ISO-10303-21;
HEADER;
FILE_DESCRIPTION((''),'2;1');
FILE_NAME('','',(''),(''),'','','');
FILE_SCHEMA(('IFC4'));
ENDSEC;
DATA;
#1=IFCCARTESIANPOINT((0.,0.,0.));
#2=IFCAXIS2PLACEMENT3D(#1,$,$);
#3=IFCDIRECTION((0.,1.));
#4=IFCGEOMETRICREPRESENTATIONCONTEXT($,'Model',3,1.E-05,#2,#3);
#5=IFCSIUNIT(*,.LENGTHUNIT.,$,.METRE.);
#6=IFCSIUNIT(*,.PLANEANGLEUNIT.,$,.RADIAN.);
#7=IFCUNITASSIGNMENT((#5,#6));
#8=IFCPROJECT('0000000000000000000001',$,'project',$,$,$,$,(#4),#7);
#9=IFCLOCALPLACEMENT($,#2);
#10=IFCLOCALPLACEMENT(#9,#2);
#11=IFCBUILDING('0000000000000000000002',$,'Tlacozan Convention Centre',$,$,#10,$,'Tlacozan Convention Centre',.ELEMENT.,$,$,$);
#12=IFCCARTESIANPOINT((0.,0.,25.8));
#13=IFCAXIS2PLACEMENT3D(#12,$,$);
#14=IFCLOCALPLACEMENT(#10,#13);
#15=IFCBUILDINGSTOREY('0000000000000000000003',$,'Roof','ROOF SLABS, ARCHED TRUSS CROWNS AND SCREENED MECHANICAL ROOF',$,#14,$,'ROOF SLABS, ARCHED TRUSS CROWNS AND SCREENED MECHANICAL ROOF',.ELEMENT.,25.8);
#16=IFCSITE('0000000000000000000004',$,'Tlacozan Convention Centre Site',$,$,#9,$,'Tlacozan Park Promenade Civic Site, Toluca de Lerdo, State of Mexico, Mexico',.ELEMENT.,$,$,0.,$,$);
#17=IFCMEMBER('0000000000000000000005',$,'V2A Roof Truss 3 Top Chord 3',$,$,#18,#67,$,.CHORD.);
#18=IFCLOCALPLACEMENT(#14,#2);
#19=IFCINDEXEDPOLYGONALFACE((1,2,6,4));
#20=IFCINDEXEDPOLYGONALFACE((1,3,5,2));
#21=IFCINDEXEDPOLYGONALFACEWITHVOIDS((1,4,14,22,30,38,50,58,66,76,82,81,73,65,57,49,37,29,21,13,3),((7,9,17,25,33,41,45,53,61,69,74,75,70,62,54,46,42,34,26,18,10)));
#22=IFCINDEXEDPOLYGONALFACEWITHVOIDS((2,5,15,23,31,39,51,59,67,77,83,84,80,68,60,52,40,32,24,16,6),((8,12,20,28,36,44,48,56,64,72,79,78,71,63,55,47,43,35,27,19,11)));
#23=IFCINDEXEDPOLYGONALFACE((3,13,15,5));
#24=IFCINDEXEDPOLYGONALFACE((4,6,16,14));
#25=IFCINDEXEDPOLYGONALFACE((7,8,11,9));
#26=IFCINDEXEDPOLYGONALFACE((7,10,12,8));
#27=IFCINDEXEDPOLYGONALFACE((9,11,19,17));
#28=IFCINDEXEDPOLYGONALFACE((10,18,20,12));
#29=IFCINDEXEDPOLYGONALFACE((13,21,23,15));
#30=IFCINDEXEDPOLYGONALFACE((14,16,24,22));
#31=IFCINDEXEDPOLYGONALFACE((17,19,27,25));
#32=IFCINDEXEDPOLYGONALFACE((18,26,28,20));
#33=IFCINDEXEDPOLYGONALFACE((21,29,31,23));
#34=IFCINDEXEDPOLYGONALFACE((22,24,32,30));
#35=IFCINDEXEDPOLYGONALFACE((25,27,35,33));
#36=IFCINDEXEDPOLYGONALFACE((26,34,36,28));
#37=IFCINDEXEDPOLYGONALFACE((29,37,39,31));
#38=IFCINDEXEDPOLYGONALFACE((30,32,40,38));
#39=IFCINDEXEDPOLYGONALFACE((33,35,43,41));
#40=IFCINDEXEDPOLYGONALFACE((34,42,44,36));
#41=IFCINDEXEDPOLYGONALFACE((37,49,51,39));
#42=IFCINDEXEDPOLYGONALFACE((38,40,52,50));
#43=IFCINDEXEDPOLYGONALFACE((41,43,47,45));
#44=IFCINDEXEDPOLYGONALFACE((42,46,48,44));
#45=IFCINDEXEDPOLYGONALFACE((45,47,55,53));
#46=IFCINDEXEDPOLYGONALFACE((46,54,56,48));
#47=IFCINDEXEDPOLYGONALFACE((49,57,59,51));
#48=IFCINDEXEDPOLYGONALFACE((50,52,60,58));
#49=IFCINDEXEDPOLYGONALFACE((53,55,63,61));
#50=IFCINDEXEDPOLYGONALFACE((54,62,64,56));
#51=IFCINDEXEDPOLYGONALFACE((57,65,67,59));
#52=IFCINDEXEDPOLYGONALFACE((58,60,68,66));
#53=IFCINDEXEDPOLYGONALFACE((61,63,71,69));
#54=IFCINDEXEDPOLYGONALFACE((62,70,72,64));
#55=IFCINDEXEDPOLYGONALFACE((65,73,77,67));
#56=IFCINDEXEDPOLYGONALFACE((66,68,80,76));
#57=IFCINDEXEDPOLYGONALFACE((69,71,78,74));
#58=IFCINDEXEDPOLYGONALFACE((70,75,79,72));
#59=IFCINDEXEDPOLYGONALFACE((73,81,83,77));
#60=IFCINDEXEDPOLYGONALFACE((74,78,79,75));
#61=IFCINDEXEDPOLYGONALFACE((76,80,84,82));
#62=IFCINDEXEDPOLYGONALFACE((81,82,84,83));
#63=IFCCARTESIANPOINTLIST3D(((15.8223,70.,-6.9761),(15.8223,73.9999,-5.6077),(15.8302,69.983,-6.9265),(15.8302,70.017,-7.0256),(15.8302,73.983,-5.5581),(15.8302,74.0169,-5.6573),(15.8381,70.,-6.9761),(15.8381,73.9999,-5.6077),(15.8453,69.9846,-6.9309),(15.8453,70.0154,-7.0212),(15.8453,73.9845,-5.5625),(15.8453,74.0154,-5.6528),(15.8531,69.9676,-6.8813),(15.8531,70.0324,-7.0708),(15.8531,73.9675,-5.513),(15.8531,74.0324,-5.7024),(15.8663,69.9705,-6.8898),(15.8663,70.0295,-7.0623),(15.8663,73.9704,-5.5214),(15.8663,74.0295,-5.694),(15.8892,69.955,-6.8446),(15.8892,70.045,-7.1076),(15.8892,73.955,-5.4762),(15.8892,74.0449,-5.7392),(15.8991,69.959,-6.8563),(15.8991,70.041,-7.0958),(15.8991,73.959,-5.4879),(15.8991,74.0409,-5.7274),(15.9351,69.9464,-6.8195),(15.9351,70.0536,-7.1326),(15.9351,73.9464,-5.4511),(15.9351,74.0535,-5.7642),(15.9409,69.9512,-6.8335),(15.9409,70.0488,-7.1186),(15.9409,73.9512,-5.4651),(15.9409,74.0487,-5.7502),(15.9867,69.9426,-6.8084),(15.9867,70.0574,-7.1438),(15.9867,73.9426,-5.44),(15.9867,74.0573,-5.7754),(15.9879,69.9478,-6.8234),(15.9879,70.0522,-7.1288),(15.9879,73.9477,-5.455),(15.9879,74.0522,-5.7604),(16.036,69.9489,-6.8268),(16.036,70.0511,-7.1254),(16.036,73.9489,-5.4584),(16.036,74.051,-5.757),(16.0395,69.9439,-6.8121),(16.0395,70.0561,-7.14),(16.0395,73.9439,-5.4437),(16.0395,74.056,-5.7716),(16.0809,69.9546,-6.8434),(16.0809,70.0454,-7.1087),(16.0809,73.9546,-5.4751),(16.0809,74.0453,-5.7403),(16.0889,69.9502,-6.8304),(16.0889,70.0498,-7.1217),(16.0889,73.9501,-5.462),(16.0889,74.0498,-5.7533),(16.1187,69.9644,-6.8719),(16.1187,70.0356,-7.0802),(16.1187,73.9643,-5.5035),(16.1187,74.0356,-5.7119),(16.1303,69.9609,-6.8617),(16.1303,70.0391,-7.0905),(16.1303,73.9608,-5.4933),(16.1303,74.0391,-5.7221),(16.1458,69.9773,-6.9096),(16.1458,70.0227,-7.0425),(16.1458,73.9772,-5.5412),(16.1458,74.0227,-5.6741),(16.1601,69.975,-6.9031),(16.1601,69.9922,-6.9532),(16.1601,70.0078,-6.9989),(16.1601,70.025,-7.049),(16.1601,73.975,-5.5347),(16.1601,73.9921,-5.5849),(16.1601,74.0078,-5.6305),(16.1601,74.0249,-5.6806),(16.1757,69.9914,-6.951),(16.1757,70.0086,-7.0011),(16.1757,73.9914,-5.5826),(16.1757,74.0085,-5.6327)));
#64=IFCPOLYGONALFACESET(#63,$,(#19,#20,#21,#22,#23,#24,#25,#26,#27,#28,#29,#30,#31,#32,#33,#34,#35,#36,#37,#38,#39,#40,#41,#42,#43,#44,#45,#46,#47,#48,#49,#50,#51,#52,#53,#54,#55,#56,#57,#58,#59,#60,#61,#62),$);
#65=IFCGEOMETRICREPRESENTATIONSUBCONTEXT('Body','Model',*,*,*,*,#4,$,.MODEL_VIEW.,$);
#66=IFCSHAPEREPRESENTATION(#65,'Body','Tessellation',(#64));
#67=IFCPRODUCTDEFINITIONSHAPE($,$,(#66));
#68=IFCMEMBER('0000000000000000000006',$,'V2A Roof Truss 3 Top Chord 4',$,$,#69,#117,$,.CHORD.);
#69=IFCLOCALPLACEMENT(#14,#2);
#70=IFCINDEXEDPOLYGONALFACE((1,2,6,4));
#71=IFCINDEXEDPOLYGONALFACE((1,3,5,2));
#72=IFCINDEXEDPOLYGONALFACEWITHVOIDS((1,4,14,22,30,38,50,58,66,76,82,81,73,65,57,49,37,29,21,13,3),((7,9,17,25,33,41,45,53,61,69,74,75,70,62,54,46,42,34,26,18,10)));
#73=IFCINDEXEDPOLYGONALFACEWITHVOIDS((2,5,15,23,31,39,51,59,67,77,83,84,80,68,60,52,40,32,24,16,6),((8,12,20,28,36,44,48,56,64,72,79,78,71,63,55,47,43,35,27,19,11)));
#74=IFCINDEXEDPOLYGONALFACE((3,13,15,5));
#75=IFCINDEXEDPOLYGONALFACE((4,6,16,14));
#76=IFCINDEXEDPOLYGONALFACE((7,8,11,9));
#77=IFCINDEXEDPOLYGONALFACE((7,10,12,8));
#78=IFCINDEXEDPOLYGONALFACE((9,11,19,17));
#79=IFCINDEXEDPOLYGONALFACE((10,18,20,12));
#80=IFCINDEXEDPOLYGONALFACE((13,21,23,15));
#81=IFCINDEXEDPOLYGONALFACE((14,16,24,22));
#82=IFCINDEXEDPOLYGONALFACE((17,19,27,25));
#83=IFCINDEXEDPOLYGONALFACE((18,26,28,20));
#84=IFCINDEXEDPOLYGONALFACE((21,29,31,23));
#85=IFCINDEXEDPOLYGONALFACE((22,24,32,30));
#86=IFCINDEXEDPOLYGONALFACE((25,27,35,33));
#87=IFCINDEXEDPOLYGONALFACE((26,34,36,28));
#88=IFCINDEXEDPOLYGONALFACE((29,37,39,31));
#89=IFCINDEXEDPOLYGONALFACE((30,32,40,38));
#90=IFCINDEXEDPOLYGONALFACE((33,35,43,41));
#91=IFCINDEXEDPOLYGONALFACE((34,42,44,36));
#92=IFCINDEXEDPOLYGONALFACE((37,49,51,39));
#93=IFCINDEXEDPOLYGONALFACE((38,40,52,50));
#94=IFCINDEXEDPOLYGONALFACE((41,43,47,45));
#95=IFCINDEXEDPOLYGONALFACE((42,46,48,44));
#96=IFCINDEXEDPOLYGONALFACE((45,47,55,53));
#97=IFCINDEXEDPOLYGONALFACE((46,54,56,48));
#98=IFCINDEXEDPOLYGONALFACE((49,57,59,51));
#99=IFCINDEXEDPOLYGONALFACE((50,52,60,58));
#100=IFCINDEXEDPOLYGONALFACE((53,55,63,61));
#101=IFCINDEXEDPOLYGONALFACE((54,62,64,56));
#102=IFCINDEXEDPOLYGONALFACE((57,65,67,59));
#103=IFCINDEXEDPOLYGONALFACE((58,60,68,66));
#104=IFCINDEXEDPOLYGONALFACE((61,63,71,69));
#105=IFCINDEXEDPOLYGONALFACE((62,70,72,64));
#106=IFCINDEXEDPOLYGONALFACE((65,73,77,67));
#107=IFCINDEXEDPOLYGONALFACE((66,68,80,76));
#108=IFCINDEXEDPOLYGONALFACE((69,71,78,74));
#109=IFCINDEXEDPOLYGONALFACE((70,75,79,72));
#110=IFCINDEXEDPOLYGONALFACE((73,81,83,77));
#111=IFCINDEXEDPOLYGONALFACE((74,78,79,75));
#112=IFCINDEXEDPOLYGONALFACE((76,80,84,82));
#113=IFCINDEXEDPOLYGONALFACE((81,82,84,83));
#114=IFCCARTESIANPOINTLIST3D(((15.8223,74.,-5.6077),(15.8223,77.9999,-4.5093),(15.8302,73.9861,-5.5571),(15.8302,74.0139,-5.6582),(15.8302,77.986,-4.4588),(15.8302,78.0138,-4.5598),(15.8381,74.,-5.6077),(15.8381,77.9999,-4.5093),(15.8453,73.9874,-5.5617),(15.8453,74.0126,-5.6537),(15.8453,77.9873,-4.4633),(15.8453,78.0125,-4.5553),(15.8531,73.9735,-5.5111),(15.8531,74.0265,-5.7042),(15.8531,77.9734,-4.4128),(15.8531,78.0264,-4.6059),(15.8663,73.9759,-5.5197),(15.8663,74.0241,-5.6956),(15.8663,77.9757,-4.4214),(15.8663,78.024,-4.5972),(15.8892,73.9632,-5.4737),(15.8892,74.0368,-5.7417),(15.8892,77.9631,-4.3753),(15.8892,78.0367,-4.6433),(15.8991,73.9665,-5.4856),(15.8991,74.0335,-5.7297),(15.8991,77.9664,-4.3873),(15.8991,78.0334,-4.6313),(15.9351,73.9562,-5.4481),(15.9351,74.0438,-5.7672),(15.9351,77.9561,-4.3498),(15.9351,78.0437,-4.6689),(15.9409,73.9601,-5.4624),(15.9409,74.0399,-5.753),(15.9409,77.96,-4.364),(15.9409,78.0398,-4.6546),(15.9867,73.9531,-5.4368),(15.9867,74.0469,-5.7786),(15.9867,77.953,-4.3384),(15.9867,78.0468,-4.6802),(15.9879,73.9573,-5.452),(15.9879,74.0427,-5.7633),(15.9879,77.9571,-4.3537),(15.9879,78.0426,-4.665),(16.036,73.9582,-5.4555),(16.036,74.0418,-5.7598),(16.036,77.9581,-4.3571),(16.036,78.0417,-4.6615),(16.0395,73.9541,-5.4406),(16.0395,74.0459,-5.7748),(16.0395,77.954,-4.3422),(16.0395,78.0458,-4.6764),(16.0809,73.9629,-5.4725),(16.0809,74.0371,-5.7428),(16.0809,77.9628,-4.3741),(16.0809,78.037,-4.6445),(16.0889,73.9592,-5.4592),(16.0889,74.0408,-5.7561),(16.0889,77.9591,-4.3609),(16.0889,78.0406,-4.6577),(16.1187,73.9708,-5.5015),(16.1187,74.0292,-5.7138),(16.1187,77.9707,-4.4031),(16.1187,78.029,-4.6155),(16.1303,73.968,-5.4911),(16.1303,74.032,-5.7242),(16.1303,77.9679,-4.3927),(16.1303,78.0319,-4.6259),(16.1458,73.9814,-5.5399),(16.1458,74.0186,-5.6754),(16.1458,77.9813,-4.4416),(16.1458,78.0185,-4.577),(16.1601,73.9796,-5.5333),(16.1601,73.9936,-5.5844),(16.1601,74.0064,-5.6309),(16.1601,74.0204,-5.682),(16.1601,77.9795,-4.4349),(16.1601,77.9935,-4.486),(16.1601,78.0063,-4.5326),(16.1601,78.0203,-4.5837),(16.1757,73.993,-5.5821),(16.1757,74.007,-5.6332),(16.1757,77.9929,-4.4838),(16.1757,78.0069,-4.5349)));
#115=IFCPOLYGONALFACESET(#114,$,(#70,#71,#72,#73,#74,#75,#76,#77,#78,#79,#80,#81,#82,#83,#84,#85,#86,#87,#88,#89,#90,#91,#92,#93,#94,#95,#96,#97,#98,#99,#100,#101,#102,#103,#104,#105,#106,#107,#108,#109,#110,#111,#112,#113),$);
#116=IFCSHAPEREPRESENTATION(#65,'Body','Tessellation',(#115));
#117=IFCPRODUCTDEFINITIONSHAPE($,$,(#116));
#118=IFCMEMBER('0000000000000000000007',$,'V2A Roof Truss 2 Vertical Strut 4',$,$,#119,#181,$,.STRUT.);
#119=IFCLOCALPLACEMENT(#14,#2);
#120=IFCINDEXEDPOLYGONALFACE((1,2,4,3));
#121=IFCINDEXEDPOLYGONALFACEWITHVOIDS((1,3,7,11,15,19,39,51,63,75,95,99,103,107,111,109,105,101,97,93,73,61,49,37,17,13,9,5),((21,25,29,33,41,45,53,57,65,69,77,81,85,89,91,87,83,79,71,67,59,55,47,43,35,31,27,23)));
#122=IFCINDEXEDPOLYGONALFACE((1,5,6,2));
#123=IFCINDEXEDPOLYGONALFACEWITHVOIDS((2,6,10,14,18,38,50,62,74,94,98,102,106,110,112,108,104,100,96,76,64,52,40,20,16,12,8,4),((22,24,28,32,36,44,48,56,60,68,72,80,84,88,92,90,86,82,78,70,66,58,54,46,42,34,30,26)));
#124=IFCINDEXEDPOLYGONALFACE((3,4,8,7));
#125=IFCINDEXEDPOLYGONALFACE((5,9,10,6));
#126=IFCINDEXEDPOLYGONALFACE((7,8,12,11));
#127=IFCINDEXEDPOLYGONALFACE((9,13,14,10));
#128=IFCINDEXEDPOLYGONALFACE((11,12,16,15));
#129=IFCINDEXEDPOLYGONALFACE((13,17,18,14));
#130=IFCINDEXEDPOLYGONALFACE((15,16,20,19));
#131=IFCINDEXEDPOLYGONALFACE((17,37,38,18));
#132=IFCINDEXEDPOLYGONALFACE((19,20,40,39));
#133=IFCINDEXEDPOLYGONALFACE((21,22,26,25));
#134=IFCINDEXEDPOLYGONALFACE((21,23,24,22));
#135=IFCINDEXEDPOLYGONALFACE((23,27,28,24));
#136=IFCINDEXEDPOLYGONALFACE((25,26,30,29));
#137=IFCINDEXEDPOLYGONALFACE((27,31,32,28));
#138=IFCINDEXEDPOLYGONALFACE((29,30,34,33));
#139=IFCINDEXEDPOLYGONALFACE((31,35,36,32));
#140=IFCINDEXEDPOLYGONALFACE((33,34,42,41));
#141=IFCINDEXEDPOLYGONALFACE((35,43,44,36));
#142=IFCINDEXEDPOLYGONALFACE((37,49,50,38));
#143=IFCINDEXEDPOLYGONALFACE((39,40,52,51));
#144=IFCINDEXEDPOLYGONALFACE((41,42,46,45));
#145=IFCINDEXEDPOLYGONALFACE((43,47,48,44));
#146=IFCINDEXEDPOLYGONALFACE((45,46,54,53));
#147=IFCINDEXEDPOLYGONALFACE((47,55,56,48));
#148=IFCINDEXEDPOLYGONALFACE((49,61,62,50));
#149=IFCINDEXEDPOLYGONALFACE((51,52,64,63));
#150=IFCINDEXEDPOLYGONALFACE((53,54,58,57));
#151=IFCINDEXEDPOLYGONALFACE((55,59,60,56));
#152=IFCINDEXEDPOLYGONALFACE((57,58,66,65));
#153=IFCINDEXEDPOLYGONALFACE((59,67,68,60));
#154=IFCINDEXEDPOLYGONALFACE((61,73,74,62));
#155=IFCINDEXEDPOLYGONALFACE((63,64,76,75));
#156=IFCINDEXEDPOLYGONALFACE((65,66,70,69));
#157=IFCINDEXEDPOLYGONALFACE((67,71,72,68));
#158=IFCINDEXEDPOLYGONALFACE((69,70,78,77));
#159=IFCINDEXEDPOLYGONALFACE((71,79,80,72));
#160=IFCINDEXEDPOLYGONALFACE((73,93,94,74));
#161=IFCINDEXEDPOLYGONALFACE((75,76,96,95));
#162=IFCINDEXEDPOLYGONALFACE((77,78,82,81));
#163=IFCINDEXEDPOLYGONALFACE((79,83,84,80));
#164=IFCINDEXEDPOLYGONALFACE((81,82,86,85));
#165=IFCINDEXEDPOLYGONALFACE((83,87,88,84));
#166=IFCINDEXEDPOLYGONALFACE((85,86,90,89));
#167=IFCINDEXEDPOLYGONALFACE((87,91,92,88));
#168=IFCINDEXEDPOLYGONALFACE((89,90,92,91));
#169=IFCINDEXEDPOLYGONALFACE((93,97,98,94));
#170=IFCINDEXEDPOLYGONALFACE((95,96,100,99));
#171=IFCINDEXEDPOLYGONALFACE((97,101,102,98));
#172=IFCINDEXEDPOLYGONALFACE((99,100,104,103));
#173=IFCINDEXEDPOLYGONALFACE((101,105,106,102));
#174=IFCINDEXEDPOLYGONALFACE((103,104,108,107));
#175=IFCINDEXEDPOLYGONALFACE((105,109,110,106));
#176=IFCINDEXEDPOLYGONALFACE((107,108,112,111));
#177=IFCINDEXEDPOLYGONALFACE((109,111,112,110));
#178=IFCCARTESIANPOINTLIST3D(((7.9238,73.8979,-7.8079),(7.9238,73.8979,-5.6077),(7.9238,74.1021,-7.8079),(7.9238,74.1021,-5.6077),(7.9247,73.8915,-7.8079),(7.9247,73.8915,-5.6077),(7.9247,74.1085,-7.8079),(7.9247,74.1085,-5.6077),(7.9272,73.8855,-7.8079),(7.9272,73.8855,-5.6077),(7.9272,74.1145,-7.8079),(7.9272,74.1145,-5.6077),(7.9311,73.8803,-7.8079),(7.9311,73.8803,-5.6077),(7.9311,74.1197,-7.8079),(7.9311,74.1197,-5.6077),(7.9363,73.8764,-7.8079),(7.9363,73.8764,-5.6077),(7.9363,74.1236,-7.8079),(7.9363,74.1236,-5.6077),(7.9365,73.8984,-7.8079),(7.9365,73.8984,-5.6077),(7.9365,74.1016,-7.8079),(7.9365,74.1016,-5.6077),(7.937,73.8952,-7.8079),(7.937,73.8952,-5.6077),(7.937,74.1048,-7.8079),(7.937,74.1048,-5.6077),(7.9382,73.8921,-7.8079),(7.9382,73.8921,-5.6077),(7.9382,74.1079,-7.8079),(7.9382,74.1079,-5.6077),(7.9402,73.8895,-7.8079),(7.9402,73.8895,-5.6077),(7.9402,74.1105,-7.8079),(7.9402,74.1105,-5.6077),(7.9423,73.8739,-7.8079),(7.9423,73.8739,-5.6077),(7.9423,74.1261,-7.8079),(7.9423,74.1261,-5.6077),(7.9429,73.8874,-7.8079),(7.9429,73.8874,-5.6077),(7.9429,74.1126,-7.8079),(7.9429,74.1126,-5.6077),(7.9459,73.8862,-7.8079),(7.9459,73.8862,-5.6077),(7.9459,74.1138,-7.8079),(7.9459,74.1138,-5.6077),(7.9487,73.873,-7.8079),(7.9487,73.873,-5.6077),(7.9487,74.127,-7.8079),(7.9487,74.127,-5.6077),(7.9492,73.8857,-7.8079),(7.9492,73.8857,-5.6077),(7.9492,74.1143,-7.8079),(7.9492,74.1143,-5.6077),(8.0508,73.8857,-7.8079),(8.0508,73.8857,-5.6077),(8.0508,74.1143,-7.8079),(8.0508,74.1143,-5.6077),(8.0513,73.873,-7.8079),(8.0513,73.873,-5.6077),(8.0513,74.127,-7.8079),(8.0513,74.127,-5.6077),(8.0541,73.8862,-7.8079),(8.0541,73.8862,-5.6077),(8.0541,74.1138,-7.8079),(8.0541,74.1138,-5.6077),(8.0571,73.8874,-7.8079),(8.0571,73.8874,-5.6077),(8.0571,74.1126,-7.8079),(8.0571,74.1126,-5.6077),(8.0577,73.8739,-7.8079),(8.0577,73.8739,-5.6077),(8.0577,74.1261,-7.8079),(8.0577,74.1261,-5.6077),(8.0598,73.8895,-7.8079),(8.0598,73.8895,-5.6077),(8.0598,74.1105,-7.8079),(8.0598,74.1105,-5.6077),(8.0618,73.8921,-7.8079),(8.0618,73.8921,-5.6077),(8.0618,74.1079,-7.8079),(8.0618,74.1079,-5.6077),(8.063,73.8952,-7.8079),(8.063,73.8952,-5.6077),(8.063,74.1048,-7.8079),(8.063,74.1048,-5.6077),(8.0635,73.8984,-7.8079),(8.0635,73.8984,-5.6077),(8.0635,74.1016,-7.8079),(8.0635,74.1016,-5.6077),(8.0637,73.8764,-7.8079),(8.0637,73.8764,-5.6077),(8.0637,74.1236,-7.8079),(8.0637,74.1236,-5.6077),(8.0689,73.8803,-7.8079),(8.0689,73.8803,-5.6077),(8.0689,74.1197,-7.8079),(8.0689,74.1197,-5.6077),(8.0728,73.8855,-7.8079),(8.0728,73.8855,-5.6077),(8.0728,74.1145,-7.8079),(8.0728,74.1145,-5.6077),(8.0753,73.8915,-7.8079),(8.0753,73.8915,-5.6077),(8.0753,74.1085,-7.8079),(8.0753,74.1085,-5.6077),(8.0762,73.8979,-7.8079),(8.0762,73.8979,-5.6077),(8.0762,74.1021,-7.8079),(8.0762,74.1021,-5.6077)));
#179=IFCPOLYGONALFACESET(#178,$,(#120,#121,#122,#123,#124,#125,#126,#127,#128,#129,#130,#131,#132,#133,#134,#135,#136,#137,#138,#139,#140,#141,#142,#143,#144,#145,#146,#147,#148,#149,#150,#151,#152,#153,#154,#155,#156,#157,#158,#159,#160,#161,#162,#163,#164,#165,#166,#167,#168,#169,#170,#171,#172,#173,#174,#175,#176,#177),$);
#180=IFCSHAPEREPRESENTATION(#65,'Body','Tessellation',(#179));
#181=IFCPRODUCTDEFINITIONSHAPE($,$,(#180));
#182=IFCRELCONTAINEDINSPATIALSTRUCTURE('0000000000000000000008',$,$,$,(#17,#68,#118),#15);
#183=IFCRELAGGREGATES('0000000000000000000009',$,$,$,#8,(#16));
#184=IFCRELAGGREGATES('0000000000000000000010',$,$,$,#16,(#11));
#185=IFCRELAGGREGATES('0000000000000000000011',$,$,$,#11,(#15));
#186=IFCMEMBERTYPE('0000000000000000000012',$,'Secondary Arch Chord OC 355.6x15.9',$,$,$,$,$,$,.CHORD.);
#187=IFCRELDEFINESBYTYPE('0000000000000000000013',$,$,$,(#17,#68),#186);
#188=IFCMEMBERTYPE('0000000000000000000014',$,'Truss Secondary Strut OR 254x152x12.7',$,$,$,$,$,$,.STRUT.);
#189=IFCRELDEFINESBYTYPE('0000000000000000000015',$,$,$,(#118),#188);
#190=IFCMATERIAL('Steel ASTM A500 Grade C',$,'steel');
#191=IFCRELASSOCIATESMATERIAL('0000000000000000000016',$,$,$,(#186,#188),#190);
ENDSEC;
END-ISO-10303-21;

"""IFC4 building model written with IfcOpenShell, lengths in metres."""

from ifc_helpers import new_model, si_unit, direction, frame, origin, origin_2d, place, context, subcontext, project, spatial, hollow_rectangle, hollow_circle, extrude, material, material_profile, profile_set, type_object, element, save


model = new_model("IFC4")

# Units and contexts
model_context = context("Model", 3, precision=1e-05, world=origin(), true_north=direction((0.0, 1.0)))
body_context = subcontext(model_context, "Body", "Model", "MODEL_VIEW")
ifc_project = project(units=[si_unit("LENGTHUNIT", "METRE"), si_unit("PLANEANGLEUNIT", "RADIAN")], contexts=[model_context])

# Site, building, storey
site_placement = place(None, origin())
site = spatial("IfcSite", under=ifc_project, at=site_placement, Name="Tlacozan Convention Centre Site", LongName="Tlacozan Park Promenade Civic Site, Toluca de Lerdo, State of Mexico, Mexico", CompositionType="ELEMENT", RefElevation=0.0)
building_placement = place(site_placement, origin())
building = spatial("IfcBuilding", under=site, at=building_placement, Name="Tlacozan Convention Centre", LongName="Tlacozan Convention Centre", CompositionType="ELEMENT")
storey_placement = place(building_placement, frame((0.0, 0.0, 25.8)))
storey = spatial("IfcBuildingStorey", under=building, at=storey_placement, Name="Roof", Description="ROOF SLABS, ARCHED TRUSS CROWNS AND SCREENED MECHANICAL ROOF", LongName="ROOF SLABS, ARCHED TRUSS CROWNS AND SCREENED MECHANICAL ROOF", CompositionType="ELEMENT", Elevation=25.8)

# Members
ifc_material_1 = material(Name="Steel ASTM A500 Grade C", Category="steel")
ifc_material_profile_1 = material_profile(ifc_material_1, hollow_circle(Radius=0.1777, WallThickness=0.0159, at=origin_2d()), Name="OC 355.6x15.9")
ifc_profile_set_1 = profile_set([ifc_material_profile_1], Name="Steel ASTM A500 Grade C")
member_type_1 = type_object("IfcMemberType", Name="Secondary Arch Chord OC 355.6x15.9", PredefinedType="CHORD", material=ifc_profile_set_1)
member_1_placement = place(storey_placement, frame((16.0, 70.0, -6.9761), z_axis=(0.0, 0.946165, 0.323685), x_axis=(-1.0, 0.0, 0.0)))
element("IfcMember", 1, at=member_1_placement, inside=storey, type_object=member_type_1, Name="V2A Roof Truss 3 Top Chord 3", PredefinedType="CHORD", context=body_context, shape_type="SweptSolid", body=[
    extrude(hollow_circle(Radius=0.1777, WallThickness=0.0159, at=origin_2d()), origin(), (0.0, 0.0, 1.0), 4.2275),
])
member_2_placement = place(storey_placement, frame((16.0, 74.0, -5.6077), z_axis=(0.0, 0.964305, 0.264795), x_axis=(-1.0, 0.0, 0.0)))
element("IfcMember", 2, at=member_2_placement, inside=storey, type_object=member_type_1, Name="V2A Roof Truss 3 Top Chord 4", PredefinedType="CHORD", context=body_context, shape_type="SweptSolid", body=[
    extrude(hollow_circle(Radius=0.1777, WallThickness=0.0159, at=origin_2d()), origin(), (0.0, 0.0, 1.0), 4.1479),
])
ifc_material_profile_2 = material_profile(ifc_material_1, hollow_rectangle(XDim=0.1523, YDim=0.2539, WallThickness=0.0127, InnerFilletRadius=0.0127, OuterFilletRadius=0.0249, at=origin_2d()), Name="OR 254x152x12.7")
ifc_profile_set_2 = profile_set([ifc_material_profile_2], Name="Steel ASTM A500 Grade C")
member_type_2 = type_object("IfcMemberType", Name="Truss Secondary Strut OR 254x152x12.7", PredefinedType="STRUT", material=ifc_profile_set_2)
for number, where, z_axis, x_axis, name in (
    (3, (8.0, 74.0, -7.8079), (0.0, 0.0, 1.0), (1.0, 0.0, 0.0), "V2A Roof Truss 2 Vertical Strut 4"),
):
    element("IfcMember", number, at=place(storey_placement, frame(where, z_axis=z_axis, x_axis=x_axis)), inside=storey, type_object=member_type_2, Name=name, PredefinedType="STRUT", context=body_context, shape_type="SweptSolid", body=[
        extrude(hollow_rectangle(XDim=0.1523, YDim=0.2539, WallThickness=0.0127, InnerFilletRadius=0.0127, OuterFilletRadius=0.0249, at=origin_2d()), origin(), (0.0, 0.0, 1.0), 2.2002),
    ])

save(model, "model.ifc")
